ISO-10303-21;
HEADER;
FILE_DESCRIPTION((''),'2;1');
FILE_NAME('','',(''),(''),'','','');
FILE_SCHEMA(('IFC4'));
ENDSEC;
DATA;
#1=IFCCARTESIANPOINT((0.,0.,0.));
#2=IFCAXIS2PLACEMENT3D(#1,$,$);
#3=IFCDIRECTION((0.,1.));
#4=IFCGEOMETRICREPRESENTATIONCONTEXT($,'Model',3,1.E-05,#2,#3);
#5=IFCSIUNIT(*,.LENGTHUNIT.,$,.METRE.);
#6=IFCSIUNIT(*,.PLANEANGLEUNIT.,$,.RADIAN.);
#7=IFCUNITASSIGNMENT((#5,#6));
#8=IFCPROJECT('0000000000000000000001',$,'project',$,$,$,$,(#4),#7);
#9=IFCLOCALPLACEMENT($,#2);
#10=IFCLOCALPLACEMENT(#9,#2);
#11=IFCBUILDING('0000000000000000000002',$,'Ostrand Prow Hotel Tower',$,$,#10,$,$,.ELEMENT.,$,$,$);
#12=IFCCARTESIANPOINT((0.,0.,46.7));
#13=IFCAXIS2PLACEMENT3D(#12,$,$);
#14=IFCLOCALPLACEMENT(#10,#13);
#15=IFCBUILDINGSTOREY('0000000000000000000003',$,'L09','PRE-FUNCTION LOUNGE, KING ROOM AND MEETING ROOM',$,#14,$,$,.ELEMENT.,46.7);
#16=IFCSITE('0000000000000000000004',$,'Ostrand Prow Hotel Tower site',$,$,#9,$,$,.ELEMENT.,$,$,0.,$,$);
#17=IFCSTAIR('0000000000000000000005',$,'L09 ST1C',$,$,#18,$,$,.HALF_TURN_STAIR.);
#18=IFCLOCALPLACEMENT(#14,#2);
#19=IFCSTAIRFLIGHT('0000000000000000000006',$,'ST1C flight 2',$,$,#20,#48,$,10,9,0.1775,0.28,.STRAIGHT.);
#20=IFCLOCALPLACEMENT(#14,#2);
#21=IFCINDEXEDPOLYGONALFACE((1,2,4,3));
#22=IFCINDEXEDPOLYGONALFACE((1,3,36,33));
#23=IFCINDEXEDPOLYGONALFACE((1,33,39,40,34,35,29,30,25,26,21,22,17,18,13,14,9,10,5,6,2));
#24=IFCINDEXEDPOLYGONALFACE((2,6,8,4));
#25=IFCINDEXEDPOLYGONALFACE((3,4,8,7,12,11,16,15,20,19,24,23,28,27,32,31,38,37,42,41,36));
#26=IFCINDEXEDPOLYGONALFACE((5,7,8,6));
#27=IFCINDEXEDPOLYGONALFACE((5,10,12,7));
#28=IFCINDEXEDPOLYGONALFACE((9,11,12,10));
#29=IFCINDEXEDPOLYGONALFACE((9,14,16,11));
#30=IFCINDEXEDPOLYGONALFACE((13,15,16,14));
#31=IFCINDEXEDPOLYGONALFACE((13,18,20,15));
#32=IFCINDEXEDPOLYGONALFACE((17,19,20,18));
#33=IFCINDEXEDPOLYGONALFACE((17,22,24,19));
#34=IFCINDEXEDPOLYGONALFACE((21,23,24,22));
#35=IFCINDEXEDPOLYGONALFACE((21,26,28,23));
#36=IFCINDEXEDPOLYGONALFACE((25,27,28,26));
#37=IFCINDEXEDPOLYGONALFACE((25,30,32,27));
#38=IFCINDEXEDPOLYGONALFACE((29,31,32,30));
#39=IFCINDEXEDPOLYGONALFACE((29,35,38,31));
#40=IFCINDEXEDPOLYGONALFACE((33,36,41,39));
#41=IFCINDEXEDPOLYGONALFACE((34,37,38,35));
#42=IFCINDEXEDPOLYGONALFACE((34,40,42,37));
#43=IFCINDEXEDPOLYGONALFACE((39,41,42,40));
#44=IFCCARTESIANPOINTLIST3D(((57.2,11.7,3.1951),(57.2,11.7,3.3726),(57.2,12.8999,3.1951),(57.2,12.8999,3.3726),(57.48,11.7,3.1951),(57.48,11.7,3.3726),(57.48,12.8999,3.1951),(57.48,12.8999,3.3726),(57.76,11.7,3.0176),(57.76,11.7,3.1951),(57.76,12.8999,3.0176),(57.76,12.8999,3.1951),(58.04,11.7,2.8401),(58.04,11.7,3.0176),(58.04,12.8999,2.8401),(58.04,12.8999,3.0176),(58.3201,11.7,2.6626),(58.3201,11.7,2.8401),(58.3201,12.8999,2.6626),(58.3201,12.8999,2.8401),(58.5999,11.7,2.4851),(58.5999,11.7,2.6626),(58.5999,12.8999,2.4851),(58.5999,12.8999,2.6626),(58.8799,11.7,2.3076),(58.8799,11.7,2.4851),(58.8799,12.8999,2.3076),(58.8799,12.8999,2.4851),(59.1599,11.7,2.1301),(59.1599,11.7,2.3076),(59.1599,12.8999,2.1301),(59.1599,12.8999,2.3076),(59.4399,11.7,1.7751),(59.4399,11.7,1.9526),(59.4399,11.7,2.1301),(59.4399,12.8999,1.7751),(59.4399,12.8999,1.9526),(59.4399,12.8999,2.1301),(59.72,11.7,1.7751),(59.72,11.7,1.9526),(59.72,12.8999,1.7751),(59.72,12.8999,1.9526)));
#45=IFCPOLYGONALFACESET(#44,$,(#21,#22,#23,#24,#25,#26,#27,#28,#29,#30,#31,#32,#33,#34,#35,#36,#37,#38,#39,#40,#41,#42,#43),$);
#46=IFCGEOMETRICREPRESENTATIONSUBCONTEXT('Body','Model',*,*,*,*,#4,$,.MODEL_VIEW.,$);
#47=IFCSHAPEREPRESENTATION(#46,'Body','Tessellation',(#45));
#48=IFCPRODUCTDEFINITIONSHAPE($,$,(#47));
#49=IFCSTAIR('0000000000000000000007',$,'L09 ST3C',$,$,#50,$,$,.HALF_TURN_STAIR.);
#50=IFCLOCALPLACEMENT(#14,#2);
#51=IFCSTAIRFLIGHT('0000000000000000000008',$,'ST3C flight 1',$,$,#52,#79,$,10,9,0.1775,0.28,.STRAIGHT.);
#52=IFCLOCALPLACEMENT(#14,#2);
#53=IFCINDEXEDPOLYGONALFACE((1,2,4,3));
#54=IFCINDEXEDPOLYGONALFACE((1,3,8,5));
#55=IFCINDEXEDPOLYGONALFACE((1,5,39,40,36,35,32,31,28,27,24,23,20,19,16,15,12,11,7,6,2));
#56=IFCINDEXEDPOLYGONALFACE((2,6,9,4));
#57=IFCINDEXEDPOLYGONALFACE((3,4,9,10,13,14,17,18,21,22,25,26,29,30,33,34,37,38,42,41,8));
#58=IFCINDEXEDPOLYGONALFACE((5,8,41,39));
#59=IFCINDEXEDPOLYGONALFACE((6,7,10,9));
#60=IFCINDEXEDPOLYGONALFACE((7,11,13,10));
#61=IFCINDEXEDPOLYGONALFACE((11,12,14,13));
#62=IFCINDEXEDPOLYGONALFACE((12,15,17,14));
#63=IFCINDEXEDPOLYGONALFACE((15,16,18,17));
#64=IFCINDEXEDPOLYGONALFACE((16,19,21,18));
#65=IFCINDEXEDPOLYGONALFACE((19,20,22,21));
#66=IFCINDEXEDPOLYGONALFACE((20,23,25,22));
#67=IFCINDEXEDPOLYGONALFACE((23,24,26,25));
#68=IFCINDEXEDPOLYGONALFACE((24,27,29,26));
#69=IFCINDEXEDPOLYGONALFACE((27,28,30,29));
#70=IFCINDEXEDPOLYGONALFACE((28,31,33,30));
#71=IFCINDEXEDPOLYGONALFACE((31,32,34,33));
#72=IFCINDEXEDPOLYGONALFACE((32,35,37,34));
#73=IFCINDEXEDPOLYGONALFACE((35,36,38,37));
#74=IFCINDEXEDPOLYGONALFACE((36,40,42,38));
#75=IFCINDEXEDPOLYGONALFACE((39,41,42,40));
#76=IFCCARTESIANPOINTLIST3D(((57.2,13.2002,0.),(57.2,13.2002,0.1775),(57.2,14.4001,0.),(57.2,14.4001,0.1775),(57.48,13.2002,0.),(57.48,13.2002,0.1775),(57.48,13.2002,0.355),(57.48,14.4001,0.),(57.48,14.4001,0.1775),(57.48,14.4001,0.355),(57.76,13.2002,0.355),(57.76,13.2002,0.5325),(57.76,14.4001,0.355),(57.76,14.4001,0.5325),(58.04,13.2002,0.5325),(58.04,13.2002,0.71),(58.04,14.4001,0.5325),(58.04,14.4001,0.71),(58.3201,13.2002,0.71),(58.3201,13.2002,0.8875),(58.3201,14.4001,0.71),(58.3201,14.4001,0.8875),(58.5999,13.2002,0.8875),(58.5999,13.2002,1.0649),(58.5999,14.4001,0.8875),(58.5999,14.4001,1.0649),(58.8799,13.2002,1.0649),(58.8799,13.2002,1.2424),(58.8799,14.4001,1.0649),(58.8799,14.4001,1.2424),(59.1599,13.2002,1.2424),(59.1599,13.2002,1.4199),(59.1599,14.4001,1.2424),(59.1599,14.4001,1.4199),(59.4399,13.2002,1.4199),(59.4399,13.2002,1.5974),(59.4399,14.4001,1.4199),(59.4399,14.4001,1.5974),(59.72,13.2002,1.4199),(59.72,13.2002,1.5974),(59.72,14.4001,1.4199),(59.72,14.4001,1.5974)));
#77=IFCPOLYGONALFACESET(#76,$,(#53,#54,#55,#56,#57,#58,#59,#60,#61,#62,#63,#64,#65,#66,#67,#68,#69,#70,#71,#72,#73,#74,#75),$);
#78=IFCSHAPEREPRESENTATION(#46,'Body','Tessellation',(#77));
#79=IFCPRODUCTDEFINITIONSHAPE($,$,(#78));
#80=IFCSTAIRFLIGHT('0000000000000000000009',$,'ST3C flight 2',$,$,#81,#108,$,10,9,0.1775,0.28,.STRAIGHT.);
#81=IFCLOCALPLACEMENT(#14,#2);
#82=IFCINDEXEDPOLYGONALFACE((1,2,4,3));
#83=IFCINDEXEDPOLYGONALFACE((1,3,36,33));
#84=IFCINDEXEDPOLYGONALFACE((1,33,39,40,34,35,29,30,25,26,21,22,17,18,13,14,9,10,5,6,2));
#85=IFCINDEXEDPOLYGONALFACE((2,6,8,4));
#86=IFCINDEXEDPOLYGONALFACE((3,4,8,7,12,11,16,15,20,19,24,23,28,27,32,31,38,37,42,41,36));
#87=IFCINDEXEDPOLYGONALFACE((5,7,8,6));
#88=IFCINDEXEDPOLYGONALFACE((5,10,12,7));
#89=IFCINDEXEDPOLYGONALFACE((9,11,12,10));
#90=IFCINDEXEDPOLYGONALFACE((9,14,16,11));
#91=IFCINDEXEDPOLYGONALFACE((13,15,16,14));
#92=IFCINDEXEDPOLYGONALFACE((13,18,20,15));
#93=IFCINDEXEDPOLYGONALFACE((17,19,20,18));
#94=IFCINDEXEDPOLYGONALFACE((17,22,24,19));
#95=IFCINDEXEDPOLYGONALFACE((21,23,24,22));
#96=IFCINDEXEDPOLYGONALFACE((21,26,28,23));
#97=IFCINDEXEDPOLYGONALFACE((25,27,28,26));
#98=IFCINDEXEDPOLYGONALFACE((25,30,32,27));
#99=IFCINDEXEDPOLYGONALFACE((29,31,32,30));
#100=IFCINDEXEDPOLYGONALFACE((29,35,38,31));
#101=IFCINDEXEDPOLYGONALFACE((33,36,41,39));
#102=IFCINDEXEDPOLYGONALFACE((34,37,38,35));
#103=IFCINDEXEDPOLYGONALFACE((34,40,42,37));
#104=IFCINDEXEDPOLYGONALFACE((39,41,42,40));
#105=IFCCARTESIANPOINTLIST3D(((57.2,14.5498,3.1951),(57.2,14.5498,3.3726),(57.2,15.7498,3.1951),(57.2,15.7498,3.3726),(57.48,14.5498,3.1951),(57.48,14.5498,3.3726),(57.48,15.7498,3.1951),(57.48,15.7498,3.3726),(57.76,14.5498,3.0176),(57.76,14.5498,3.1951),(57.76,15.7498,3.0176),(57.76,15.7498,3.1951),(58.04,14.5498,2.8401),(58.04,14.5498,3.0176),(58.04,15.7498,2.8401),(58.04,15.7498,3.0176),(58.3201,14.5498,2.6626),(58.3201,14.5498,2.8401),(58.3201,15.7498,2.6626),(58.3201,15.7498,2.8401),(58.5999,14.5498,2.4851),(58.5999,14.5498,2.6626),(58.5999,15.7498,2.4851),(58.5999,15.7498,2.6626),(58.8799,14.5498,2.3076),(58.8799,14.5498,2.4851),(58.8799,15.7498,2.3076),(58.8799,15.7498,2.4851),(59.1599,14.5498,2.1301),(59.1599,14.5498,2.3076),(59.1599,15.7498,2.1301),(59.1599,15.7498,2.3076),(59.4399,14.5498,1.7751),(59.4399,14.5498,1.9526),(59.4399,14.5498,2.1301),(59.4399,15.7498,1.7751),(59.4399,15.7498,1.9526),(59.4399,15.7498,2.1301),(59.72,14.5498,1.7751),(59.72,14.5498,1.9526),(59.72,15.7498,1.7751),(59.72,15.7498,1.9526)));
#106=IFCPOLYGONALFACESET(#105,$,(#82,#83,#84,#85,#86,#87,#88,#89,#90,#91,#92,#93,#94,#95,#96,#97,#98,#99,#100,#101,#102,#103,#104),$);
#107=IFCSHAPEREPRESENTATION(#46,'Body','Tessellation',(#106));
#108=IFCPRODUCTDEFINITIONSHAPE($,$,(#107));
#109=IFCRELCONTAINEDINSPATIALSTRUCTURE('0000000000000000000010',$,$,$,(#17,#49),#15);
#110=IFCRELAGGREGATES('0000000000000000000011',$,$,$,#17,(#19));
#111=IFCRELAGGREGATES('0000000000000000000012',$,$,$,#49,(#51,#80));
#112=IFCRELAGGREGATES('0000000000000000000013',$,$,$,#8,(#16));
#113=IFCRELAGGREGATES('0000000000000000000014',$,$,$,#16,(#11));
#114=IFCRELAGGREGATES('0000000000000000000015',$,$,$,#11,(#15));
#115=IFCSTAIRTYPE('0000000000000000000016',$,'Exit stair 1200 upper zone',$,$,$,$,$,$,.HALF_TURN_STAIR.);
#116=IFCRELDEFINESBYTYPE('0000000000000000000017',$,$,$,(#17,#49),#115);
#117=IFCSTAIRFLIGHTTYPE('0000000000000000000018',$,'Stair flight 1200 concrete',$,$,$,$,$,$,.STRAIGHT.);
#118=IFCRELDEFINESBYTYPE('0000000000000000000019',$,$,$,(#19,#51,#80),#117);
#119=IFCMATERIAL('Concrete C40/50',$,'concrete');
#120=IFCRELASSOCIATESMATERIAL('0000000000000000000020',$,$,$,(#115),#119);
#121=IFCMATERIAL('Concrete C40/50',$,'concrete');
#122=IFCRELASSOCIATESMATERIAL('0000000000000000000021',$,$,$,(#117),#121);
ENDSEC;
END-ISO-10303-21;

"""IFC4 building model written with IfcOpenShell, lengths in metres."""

from ifc_helpers import new_model, si_unit, direction, frame, origin, place, context, subcontext, project, spatial, polyline, outline, extrude, material, type_object, element, aggregate, save


model = new_model("IFC4")

# Units and contexts
model_context = context("Model", 3, precision=1e-05, world=origin(), true_north=direction((0.0, 1.0)))
body_context = subcontext(model_context, "Body", "Model", "MODEL_VIEW")
ifc_project = project(units=[si_unit("LENGTHUNIT", "METRE"), si_unit("PLANEANGLEUNIT", "RADIAN")], contexts=[model_context])

# Site, building, storey
site_placement = place(None, origin())
site = spatial("IfcSite", under=ifc_project, at=site_placement, Name="Ostrand Prow Hotel Tower site", CompositionType="ELEMENT", RefElevation=0.0)
building_placement = place(site_placement, origin())
building = spatial("IfcBuilding", under=site, at=building_placement, Name="Ostrand Prow Hotel Tower", CompositionType="ELEMENT")
storey_placement = place(building_placement, frame((0.0, 0.0, 46.7)))
storey = spatial("IfcBuildingStorey", under=building, at=storey_placement, Name="L09", Description="PRE-FUNCTION LOUNGE, KING ROOM AND MEETING ROOM", CompositionType="ELEMENT", Elevation=46.7)

# Stair, stair flight
ifc_material_1 = material(Name="Concrete C40/50", Category="concrete")
stair_type = type_object("IfcStairType", Name="Exit stair 1200 upper zone", PredefinedType="HALF_TURN_STAIR", material=ifc_material_1)
stair_1_placement = place(storey_placement, origin())
stair_1 = element("IfcStair", 1, at=stair_1_placement, inside=storey, type_object=stair_type, Name="L09 ST1C", PredefinedType="HALF_TURN_STAIR")
ifc_material_2 = material(Name="Concrete C40/50", Category="concrete")
stair_flight_type = type_object("IfcStairFlightType", Name="Stair flight 1200 concrete", PredefinedType="STRAIGHT", material=ifc_material_2)
stair_flight_1_placement = place(storey_placement, frame((59.72, 12.3, 1.7751), z_axis=(0.0, 0.0, 1.0), x_axis=(-1.0, 0.0, 0.0)))
stair_flight_1 = element("IfcStairFlight", 2, at=stair_flight_1_placement, type_object=stair_flight_type, Name="ST1C flight 2", NumberOfRisers=10, NumberOfTreads=9, PredefinedType="STRAIGHT", RiserHeight=0.1775, TreadLength=0.28, context=body_context, shape_type="SweptSolid", body=[
    extrude(outline(polyline([(0.0, 0.0), (0.0, 0.1775), (0.28, 0.1775), (0.28, 0.355), (0.5601, 0.355), (0.5601, 0.5325), (0.8401, 0.5325), (0.8401, 0.71), (1.1201, 0.71), (1.1201, 0.8875), (1.3999, 0.8875), (1.3999, 1.0649), (1.6799, 1.0649), (1.6799, 1.2424), (1.96, 1.2424), (1.96, 1.4199), (2.24, 1.4199), (2.24, 1.5974), (2.52, 1.5974), (2.52, 1.7749), (2.52, 1.4199), (0.28, 0.0), (0.0, 0.0)])), frame((0.0, 0.6001, 0.0), z_axis=(0.0, -1.0, 0.0), x_axis=(1.0, 0.0, 0.0)), (0.0, 0.0, 1.0), 1.2),
])
aggregate(stair_1, [stair_flight_1])

# Stair, stair flights
stair_2_placement = place(storey_placement, origin())
stair_2 = element("IfcStair", 3, at=stair_2_placement, inside=storey, type_object=stair_type, Name="L09 ST3C", PredefinedType="HALF_TURN_STAIR")
stair_flight_2_placement = place(storey_placement, frame((57.2, 13.8, 0.0), z_axis=(0.0, 0.0, 1.0), x_axis=(1.0, 0.0, 0.0)))
stair_flight_2 = element("IfcStairFlight", 4, at=stair_flight_2_placement, type_object=stair_flight_type, Name="ST3C flight 1", NumberOfRisers=10, NumberOfTreads=9, PredefinedType="STRAIGHT", RiserHeight=0.1775, TreadLength=0.28, context=body_context, shape_type="SweptSolid", body=[
    extrude(outline(polyline([(0.0, 0.0), (0.0, 0.1775), (0.28, 0.1775), (0.28, 0.355), (0.5601, 0.355), (0.5601, 0.5325), (0.8401, 0.5325), (0.8401, 0.71), (1.1201, 0.71), (1.1201, 0.8875), (1.3999, 0.8875), (1.3999, 1.0649), (1.6799, 1.0649), (1.6799, 1.2424), (1.96, 1.2424), (1.96, 1.4199), (2.24, 1.4199), (2.24, 1.5974), (2.52, 1.5974), (2.52, 1.7749), (2.52, 1.4199), (0.28, 0.0), (0.0, 0.0)])), frame((0.0, 0.6001, 0.0), z_axis=(0.0, -1.0, 0.0), x_axis=(1.0, 0.0, 0.0)), (0.0, 0.0, 1.0), 1.2),
])
stair_flight_3_placement = place(storey_placement, frame((59.72, 15.1499, 1.7751), z_axis=(0.0, 0.0, 1.0), x_axis=(-1.0, 0.0, 0.0)))
stair_flight_3 = element("IfcStairFlight", 5, at=stair_flight_3_placement, type_object=stair_flight_type, Name="ST3C flight 2", NumberOfRisers=10, NumberOfTreads=9, PredefinedType="STRAIGHT", RiserHeight=0.1775, TreadLength=0.28, context=body_context, shape_type="SweptSolid", body=[
    extrude(outline(polyline([(0.0, 0.0), (0.0, 0.1775), (0.28, 0.1775), (0.28, 0.355), (0.5601, 0.355), (0.5601, 0.5325), (0.8401, 0.5325), (0.8401, 0.71), (1.1201, 0.71), (1.1201, 0.8875), (1.3999, 0.8875), (1.3999, 1.0649), (1.6799, 1.0649), (1.6799, 1.2424), (1.96, 1.2424), (1.96, 1.4199), (2.24, 1.4199), (2.24, 1.5974), (2.52, 1.5974), (2.52, 1.7749), (2.52, 1.4199), (0.28, 0.0), (0.0, 0.0)])), frame((0.0, 0.6001, 0.0), z_axis=(0.0, -1.0, 0.0), x_axis=(1.0, 0.0, 0.0)), (0.0, 0.0, 1.0), 1.2),
])
aggregate(stair_2, [stair_flight_2, stair_flight_3])

save(model, "model.ifc")
